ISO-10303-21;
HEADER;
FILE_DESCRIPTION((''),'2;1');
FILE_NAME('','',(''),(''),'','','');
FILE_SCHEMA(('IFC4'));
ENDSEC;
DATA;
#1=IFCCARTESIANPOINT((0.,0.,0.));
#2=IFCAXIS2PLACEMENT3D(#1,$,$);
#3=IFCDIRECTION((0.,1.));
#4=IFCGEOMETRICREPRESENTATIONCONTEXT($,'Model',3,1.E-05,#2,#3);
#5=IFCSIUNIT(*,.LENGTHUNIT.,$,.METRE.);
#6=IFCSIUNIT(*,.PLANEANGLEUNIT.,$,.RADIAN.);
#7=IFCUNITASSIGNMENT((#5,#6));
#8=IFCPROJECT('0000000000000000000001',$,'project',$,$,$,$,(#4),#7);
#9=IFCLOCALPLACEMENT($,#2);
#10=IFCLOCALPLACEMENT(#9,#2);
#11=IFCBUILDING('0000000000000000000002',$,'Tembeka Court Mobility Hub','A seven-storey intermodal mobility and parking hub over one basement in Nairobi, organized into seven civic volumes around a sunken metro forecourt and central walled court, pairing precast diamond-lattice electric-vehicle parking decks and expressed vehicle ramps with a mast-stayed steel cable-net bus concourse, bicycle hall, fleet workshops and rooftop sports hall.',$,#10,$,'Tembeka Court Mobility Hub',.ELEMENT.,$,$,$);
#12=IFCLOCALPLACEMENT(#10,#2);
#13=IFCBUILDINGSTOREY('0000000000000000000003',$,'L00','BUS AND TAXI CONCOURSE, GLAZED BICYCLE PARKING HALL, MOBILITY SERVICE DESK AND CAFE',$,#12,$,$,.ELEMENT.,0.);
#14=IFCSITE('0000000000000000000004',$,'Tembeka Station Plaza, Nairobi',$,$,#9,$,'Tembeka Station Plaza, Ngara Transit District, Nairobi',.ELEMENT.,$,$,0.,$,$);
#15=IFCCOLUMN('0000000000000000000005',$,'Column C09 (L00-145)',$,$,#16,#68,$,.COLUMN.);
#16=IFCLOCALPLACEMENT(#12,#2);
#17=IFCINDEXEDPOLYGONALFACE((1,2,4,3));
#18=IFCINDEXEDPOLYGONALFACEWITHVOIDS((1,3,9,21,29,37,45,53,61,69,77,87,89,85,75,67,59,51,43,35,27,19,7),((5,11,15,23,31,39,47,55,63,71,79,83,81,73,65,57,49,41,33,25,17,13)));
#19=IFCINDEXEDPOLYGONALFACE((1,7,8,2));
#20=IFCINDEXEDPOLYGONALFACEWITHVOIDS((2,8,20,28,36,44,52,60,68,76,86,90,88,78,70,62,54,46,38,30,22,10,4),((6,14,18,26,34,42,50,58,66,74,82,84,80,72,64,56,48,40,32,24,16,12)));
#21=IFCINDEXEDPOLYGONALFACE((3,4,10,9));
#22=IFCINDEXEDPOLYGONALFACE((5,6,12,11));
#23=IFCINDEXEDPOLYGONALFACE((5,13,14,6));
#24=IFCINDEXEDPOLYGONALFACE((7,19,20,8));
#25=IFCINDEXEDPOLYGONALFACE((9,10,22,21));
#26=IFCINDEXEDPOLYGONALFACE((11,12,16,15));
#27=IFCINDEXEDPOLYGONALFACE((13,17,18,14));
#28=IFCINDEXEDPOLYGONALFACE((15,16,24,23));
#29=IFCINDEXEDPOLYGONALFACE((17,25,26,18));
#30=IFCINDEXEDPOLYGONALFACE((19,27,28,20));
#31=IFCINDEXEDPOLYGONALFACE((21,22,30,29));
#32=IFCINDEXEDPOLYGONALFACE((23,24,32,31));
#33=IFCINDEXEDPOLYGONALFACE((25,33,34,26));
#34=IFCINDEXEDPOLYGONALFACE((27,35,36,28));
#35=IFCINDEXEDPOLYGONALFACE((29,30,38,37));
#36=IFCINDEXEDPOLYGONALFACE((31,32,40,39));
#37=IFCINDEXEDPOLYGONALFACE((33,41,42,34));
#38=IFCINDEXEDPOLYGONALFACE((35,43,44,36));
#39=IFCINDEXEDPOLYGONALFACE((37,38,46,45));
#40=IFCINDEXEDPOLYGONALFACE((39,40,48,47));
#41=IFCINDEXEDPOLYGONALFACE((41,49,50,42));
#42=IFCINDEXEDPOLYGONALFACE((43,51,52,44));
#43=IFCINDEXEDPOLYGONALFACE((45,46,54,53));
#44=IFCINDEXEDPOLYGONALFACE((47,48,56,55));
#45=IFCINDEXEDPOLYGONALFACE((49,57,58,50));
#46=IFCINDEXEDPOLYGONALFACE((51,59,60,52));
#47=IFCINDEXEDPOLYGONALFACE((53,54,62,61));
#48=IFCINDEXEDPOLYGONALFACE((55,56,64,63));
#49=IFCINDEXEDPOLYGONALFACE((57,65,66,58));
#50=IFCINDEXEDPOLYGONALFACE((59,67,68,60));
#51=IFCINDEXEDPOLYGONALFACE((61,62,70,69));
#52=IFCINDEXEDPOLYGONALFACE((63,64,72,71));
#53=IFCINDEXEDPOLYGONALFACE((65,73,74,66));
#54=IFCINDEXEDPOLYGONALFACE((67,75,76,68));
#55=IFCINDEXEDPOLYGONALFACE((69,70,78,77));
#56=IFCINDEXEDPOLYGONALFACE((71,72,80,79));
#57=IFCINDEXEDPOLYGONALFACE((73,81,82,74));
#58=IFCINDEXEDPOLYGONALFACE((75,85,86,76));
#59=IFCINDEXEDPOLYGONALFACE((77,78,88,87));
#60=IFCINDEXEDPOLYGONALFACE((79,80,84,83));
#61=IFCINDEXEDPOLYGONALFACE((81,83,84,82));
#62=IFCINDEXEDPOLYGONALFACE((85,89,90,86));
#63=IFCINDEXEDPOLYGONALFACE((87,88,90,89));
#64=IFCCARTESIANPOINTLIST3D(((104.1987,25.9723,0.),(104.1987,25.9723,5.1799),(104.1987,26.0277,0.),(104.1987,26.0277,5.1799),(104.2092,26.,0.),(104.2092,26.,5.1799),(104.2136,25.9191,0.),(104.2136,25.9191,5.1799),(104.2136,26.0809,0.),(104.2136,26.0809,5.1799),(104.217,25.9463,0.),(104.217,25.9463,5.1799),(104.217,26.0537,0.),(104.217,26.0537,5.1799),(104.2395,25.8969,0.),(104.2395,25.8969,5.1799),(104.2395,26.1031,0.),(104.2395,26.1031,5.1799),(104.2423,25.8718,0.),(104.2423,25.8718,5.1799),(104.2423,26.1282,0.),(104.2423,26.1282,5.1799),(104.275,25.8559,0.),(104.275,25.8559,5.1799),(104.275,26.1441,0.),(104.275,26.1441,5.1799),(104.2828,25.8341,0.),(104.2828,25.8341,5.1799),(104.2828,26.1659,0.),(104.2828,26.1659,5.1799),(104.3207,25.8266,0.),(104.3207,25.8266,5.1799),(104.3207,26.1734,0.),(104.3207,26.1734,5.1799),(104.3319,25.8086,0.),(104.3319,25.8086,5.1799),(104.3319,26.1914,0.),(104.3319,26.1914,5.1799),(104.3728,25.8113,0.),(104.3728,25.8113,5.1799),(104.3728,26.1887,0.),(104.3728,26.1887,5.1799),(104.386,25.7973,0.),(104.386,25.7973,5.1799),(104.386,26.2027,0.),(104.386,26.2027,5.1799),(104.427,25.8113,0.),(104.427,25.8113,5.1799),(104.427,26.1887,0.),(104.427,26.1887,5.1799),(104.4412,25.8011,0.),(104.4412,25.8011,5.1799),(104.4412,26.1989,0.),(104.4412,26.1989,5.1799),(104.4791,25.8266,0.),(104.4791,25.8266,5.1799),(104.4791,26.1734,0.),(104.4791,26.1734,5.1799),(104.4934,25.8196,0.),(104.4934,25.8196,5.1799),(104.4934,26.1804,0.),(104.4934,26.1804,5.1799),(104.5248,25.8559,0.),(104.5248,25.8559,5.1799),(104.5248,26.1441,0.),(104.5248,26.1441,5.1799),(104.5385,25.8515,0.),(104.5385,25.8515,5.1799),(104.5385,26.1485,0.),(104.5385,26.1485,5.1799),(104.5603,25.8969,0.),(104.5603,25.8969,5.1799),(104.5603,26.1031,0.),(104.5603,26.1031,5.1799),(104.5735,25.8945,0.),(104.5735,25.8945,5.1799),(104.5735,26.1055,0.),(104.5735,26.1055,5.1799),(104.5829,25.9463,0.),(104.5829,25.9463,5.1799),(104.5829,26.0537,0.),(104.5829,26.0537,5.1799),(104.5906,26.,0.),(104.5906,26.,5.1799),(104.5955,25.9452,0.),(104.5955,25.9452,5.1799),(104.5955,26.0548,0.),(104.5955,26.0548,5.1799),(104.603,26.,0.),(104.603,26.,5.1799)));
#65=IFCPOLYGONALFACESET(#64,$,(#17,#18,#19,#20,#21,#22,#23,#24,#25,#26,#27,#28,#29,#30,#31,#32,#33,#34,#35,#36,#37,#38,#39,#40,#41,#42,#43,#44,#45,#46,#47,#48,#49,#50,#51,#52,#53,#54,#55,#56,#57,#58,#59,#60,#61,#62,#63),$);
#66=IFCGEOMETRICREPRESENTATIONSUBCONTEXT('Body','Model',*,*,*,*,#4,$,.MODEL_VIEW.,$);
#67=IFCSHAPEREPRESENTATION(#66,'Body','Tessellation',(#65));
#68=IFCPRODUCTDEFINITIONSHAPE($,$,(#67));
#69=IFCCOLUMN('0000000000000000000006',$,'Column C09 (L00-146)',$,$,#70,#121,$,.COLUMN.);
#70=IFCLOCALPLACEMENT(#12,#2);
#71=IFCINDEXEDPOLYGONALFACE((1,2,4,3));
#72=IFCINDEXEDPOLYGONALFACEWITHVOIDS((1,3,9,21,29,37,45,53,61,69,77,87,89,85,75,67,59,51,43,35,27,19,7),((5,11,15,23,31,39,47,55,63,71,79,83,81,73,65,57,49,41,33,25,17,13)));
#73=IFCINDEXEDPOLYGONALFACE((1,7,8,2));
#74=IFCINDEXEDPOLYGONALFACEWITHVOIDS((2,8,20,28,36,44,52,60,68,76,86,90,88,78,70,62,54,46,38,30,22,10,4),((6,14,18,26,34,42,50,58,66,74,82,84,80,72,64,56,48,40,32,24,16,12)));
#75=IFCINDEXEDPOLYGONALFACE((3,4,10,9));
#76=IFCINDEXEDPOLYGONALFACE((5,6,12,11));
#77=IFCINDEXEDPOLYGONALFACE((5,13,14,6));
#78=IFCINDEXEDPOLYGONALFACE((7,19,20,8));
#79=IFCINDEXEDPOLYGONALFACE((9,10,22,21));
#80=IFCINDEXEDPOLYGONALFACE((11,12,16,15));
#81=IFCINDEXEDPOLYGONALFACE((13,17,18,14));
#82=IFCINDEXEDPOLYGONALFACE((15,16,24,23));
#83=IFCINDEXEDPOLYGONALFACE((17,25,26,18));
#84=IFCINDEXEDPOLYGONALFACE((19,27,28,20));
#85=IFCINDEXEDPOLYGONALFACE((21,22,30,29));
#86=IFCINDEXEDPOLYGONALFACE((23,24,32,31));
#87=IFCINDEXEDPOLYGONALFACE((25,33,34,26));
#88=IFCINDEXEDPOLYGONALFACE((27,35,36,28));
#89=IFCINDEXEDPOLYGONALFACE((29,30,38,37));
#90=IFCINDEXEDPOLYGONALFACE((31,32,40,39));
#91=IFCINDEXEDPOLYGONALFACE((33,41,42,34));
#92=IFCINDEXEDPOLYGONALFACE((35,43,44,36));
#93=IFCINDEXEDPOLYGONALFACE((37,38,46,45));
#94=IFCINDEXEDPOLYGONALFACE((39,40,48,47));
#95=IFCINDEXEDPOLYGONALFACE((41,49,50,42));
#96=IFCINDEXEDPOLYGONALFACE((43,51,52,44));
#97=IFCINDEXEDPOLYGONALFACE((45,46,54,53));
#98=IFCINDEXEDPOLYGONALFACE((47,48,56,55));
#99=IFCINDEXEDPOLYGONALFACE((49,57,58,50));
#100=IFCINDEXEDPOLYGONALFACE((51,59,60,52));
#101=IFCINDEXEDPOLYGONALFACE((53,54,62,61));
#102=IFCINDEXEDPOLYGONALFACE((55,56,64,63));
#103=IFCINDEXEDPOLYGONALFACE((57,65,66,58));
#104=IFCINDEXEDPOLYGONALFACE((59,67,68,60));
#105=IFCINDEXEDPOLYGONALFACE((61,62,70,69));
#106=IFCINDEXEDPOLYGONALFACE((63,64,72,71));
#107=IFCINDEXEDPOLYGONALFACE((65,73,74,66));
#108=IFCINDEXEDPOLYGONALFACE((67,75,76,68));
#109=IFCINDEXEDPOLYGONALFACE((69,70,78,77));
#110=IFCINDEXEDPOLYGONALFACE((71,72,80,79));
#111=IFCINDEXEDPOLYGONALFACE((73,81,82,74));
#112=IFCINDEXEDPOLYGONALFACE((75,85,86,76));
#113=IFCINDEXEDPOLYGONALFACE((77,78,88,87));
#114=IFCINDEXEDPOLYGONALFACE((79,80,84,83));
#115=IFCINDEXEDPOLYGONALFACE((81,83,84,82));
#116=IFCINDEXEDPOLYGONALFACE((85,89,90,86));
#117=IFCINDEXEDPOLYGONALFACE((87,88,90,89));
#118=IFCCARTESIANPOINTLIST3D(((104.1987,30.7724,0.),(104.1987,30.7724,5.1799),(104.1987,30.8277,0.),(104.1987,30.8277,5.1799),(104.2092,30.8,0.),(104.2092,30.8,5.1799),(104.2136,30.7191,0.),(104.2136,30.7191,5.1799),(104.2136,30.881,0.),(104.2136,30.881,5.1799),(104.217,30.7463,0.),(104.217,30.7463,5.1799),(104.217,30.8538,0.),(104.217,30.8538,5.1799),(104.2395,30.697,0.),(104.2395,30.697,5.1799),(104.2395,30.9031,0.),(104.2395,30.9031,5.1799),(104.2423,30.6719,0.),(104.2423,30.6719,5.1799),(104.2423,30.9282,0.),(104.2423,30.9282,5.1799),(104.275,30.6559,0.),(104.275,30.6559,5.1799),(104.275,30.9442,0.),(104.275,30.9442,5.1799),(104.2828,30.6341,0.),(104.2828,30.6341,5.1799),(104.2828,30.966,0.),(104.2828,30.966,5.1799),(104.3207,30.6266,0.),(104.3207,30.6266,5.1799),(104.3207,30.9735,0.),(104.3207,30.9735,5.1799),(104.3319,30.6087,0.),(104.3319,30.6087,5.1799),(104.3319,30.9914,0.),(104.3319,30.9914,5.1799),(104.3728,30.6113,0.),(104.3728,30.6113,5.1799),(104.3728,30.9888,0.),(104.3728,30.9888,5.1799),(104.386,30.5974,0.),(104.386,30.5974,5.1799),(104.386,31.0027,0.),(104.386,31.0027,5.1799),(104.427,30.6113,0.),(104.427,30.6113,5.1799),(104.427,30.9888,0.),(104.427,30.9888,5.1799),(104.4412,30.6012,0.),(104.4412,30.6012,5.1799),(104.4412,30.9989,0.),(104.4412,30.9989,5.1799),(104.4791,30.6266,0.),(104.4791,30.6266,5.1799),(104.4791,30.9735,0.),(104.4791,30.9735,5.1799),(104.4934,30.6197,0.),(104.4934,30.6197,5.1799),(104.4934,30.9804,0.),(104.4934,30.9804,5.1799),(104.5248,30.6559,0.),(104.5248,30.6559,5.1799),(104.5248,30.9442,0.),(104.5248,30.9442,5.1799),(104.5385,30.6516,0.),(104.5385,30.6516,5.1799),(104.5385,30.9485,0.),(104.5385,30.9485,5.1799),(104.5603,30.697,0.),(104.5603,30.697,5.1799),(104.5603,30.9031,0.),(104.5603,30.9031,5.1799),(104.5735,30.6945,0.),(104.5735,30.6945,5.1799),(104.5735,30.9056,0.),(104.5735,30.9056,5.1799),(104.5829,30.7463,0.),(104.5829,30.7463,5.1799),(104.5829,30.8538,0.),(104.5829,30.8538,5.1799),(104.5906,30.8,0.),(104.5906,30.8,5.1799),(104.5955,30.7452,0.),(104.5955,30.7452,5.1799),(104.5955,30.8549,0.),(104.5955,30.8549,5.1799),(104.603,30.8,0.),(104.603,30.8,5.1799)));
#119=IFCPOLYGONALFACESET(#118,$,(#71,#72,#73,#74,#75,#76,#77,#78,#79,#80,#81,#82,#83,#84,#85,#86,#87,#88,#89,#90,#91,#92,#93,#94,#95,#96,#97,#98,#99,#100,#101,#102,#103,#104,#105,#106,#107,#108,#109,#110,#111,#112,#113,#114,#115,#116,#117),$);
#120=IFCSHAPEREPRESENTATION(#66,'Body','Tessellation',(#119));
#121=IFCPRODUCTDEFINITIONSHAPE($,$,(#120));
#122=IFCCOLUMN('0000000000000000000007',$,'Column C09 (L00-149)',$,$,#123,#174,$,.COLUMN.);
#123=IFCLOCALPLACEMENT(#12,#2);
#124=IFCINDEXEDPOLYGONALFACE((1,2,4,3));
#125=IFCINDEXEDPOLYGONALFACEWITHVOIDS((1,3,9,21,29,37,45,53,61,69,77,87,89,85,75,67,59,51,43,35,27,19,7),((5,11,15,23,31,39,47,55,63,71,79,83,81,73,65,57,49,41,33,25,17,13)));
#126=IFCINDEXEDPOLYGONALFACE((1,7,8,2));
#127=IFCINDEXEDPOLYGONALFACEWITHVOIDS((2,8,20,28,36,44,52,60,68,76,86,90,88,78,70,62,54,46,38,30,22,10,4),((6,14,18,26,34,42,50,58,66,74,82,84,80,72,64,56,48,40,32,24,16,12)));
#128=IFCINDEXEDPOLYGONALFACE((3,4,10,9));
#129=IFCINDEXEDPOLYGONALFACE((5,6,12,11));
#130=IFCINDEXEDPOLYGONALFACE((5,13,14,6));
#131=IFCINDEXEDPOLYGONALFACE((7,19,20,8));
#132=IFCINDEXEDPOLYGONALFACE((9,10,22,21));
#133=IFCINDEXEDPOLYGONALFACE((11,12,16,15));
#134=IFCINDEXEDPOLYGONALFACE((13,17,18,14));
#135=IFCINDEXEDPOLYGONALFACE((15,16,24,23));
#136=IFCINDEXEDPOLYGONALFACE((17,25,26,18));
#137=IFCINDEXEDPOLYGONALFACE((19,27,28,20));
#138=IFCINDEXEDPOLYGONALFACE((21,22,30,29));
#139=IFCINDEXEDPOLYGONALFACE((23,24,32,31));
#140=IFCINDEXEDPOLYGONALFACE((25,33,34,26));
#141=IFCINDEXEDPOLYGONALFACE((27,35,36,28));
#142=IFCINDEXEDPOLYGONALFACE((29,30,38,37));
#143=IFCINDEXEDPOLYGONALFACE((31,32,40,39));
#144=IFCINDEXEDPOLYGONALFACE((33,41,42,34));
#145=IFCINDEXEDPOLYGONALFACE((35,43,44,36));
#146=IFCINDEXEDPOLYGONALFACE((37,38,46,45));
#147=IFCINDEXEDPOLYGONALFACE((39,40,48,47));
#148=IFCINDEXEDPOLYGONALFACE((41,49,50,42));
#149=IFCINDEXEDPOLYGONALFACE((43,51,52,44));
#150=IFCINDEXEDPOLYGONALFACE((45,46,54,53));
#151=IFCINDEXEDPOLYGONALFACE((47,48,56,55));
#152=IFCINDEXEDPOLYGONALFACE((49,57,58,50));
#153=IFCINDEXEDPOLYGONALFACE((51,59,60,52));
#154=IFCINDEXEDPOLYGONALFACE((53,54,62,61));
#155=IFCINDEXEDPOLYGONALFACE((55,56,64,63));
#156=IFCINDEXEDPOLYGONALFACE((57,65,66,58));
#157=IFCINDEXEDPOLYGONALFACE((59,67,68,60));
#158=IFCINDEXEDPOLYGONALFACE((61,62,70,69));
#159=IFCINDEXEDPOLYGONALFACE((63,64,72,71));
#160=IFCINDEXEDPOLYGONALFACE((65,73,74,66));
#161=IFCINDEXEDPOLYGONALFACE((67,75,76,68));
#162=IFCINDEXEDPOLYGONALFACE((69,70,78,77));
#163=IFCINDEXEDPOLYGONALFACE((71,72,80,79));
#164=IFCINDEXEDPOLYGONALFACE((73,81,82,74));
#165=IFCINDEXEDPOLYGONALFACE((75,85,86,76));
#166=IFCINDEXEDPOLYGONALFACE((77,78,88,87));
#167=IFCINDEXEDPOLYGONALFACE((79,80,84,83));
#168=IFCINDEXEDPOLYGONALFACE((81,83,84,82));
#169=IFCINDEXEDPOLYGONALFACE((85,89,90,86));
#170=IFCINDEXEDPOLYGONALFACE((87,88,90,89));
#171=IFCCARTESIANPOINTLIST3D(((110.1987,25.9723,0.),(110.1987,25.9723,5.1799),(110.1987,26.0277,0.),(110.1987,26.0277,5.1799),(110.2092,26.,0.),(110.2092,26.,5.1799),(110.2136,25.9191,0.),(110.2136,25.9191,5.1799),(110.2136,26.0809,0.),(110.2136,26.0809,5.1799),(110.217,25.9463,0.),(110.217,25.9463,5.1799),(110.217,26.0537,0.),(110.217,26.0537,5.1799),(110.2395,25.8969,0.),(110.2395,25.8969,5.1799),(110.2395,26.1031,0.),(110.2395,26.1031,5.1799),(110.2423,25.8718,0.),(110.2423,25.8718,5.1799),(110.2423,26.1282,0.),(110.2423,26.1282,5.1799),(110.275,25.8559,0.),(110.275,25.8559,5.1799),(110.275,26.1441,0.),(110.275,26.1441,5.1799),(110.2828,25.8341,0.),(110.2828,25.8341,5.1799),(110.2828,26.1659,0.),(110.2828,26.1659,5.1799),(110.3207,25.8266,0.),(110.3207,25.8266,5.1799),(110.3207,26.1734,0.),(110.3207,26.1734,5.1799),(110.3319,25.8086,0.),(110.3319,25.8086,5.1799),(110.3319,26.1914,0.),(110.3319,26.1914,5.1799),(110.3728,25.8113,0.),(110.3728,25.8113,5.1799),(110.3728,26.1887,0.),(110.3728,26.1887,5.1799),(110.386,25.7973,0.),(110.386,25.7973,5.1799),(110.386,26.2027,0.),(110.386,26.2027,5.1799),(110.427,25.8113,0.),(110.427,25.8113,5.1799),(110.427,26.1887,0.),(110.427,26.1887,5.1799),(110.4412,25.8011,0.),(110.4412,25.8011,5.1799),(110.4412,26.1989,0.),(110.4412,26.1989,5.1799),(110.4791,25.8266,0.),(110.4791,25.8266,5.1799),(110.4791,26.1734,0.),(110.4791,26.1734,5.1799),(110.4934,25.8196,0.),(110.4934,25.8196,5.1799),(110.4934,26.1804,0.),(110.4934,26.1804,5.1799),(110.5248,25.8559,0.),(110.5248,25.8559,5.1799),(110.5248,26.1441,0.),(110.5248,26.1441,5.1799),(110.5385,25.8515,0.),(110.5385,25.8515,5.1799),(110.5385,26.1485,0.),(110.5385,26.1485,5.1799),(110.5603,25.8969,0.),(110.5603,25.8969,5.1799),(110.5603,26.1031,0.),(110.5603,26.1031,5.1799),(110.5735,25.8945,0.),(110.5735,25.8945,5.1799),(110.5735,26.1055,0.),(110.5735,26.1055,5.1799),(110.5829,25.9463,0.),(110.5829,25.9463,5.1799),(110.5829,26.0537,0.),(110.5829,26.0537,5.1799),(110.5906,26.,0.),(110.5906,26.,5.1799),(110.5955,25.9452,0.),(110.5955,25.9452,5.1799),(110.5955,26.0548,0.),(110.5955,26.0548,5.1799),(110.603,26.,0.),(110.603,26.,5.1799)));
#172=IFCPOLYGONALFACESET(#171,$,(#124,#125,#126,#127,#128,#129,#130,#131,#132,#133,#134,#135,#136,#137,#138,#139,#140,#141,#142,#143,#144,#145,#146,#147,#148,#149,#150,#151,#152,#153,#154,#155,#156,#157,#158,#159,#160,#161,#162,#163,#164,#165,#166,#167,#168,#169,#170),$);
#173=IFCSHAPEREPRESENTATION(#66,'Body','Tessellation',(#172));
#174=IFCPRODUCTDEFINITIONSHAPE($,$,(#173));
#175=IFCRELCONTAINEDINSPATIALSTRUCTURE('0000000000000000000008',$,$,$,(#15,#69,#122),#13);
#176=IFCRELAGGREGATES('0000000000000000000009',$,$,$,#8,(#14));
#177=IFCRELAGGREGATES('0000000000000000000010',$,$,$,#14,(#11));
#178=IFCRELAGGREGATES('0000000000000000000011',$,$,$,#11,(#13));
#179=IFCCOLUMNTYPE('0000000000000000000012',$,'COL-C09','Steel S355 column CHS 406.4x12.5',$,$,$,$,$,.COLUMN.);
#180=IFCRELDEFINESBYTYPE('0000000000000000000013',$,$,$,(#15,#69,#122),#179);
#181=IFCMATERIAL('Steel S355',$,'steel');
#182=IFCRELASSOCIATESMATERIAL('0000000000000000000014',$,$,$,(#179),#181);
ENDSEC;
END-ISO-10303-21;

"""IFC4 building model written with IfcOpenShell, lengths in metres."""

from ifc_helpers import new_model, si_unit, direction, frame, origin, origin_2d, place, context, subcontext, project, spatial, hollow_circle, extrude, material, material_profile, profile_set, type_object, element, save


model = new_model("IFC4")

# Units and contexts
model_context = context("Model", 3, precision=1e-05, world=origin(), true_north=direction((0.0, 1.0)))
body_context = subcontext(model_context, "Body", "Model", "MODEL_VIEW")
ifc_project = project(units=[si_unit("LENGTHUNIT", "METRE"), si_unit("PLANEANGLEUNIT", "RADIAN")], contexts=[model_context])

# Site, building, storey
site_placement = place(None, origin())
site = spatial("IfcSite", under=ifc_project, at=site_placement, Name="Tembeka Station Plaza, Nairobi", LongName="Tembeka Station Plaza, Ngara Transit District, Nairobi", CompositionType="ELEMENT", RefElevation=0.0)
building_placement = place(site_placement, origin())
building = spatial("IfcBuilding", under=site, at=building_placement, Name="Tembeka Court Mobility Hub", Description="A seven-storey intermodal mobility and parking hub over one basement in Nairobi, organized into seven civic volumes around a sunken metro forecourt and central walled court, pairing precast diamond-lattice electric-vehicle parking decks and expressed vehicle ramps with a mast-stayed steel cable-net bus concourse, bicycle hall, fleet workshops and rooftop sports hall.", LongName="Tembeka Court Mobility Hub", CompositionType="ELEMENT")
storey_placement = place(building_placement, origin())
storey = spatial("IfcBuildingStorey", under=building, at=storey_placement, Name="L00", Description="BUS AND TAXI CONCOURSE, GLAZED BICYCLE PARKING HALL, MOBILITY SERVICE DESK AND CAFE", CompositionType="ELEMENT", Elevation=0.0)

# Columns
ifc_material_1 = material(Name="Steel S355", Category="steel")
ifc_material_profile_1 = material_profile(ifc_material_1, hollow_circle(Radius=0.2031, WallThickness=0.0125, at=origin_2d()), Name="CHS 406.4x12.5")
ifc_profile_set_1 = profile_set([ifc_material_profile_1], Name="Steel S355")
column_type_1 = type_object("IfcColumnType", Name="COL-C09", Description="Steel S355 column CHS 406.4x12.5", PredefinedType="COLUMN", material=ifc_profile_set_1)
for number, where, z_axis, x_axis, name in (
    (1, (104.3999, 26.0, 0.0), (0.0, 0.0, 1.0), (1.0, 0.0, 0.0), "Column C09 (L00-145)"),
    (2, (104.3999, 30.8, 0.0), (0.0, 0.0, 1.0), (1.0, 0.0, 0.0), "Column C09 (L00-146)"),
    (3, (110.3999, 26.0, 0.0), (0.0, 0.0, 1.0), (1.0, 0.0, 0.0), "Column C09 (L00-149)"),
):
    element("IfcColumn", number, at=place(storey_placement, frame(where, z_axis=z_axis, x_axis=x_axis)), inside=storey, type_object=column_type_1, Name=name, PredefinedType="COLUMN", context=body_context, shape_type="SweptSolid", body=[
        extrude(hollow_circle(Radius=0.2031, WallThickness=0.0125, at=origin_2d()), origin(), (0.0, 0.0, 1.0), 5.1799),
    ])

save(model, "model.ifc")
